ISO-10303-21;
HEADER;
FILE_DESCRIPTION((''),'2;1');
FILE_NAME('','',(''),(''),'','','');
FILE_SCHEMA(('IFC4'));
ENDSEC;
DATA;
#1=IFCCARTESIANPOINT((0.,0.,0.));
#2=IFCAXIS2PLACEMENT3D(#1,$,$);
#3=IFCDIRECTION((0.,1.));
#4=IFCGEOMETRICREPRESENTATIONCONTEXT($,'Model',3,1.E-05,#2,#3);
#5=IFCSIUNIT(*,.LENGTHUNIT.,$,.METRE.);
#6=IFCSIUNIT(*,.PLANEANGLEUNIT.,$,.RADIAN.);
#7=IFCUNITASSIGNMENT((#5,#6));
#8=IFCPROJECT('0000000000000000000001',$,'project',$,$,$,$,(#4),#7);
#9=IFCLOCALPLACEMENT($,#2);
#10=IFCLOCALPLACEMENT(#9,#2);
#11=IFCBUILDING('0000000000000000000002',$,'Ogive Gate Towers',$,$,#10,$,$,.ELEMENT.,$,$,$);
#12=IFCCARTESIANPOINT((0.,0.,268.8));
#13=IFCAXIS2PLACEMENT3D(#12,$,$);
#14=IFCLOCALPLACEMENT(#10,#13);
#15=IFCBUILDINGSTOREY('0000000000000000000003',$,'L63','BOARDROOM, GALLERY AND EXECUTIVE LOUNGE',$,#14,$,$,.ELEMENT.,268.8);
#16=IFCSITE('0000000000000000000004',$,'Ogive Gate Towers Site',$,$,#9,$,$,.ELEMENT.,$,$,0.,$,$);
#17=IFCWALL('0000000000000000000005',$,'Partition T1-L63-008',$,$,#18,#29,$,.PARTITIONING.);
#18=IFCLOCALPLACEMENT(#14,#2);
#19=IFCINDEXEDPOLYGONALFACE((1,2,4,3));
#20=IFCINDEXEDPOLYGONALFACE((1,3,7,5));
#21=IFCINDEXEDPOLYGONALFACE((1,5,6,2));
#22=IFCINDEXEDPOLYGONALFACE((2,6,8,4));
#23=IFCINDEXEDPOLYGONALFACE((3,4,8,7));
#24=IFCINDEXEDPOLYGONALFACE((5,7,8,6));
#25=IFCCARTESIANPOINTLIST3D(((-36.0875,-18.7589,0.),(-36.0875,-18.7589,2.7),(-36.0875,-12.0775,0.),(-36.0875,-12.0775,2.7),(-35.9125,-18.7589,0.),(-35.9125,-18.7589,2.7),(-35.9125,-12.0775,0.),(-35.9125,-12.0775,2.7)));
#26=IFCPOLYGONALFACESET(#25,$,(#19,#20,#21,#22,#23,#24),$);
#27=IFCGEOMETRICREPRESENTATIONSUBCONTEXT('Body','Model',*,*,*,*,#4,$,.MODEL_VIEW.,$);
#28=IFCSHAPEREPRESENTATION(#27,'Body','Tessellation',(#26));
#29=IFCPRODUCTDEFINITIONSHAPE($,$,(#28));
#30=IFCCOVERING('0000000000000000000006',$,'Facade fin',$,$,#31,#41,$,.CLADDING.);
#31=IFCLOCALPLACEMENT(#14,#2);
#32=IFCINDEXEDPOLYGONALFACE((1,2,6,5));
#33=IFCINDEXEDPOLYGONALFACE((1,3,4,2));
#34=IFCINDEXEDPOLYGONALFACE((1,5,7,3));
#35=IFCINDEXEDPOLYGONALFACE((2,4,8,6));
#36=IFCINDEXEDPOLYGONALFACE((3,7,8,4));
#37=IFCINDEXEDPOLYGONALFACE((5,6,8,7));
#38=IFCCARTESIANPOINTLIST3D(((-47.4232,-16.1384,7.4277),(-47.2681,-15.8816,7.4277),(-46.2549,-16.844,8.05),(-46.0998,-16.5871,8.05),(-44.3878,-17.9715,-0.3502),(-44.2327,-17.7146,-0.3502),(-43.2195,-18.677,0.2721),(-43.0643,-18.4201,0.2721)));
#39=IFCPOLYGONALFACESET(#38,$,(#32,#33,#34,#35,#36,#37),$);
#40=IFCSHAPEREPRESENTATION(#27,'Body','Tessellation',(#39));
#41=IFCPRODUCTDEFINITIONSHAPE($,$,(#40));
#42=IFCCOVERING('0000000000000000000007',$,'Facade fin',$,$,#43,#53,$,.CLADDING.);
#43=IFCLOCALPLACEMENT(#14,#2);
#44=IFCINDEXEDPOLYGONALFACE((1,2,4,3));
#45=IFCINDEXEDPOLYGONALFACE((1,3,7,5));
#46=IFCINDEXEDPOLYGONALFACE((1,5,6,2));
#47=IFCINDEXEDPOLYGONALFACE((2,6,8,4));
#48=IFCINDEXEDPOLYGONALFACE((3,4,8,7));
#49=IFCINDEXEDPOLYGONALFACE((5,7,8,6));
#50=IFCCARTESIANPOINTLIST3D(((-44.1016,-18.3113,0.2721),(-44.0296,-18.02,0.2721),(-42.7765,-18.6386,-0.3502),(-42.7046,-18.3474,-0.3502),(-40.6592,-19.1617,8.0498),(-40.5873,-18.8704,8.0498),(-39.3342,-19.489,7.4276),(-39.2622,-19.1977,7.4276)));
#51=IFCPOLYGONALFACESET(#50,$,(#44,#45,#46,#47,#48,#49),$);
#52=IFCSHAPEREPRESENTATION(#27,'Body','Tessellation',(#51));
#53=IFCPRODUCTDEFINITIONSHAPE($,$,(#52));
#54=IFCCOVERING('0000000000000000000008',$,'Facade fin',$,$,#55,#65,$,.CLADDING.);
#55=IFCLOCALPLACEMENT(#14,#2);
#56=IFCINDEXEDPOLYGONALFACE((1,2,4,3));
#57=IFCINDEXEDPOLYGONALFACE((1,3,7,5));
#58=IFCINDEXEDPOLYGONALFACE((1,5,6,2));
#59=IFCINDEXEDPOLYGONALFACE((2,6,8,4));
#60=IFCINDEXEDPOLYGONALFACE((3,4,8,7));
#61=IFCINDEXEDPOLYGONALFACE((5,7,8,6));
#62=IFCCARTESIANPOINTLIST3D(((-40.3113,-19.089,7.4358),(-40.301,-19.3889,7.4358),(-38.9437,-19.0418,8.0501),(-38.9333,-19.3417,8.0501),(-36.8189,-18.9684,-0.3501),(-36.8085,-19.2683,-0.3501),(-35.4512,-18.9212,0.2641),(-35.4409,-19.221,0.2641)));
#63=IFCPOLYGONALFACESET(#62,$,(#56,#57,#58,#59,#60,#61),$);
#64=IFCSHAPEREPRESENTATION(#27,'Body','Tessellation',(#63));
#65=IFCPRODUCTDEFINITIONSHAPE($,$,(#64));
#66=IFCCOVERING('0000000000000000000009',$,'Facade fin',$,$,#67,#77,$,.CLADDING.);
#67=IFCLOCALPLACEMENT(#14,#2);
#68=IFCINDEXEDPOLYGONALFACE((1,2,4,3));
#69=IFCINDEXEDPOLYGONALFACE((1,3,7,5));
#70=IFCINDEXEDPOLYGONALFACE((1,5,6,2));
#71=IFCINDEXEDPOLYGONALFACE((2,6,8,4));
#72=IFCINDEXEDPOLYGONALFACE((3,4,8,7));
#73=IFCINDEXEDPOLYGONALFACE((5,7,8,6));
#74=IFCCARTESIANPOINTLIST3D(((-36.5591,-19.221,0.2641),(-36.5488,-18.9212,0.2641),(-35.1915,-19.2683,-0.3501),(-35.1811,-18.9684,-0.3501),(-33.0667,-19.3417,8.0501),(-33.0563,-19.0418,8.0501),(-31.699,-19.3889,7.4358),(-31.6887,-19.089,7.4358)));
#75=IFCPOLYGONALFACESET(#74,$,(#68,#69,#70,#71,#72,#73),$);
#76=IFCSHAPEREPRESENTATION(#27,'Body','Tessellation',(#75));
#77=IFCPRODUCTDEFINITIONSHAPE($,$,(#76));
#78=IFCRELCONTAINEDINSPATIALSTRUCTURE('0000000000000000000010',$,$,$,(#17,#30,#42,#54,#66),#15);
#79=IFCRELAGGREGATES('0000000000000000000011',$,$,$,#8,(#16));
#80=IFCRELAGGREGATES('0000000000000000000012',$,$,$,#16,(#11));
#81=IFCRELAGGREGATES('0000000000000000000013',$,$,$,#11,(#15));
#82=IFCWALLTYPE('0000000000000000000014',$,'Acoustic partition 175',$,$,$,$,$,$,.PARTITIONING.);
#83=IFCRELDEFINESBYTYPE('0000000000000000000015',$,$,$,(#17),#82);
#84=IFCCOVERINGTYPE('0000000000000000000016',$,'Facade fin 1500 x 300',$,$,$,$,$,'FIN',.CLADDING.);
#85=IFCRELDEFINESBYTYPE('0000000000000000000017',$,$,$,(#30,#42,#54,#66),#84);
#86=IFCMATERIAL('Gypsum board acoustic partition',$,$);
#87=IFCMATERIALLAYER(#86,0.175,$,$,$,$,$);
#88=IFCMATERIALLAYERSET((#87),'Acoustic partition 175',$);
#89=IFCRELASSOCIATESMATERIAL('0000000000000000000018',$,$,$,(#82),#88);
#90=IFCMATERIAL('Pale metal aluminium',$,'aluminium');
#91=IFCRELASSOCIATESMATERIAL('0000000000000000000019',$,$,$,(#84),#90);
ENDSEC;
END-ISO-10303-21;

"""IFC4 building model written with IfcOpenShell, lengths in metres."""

from ifc_helpers import new_model, si_unit, direction, frame, frame_2d, origin, origin_2d, place, context, subcontext, project, spatial, rectangle, extrude, material, layer, layer_set, material_profile, profile_set, type_object, element, save


model = new_model("IFC4")

# Units and contexts
model_context = context("Model", 3, precision=1e-05, world=origin(), true_north=direction((0.0, 1.0)))
body_context = subcontext(model_context, "Body", "Model", "MODEL_VIEW")
ifc_project = project(units=[si_unit("LENGTHUNIT", "METRE"), si_unit("PLANEANGLEUNIT", "RADIAN")], contexts=[model_context])

# Site, building, storey
site_placement = place(None, origin())
site = spatial("IfcSite", under=ifc_project, at=site_placement, Name="Ogive Gate Towers Site", CompositionType="ELEMENT", RefElevation=0.0)
building_placement = place(site_placement, origin())
building = spatial("IfcBuilding", under=site, at=building_placement, Name="Ogive Gate Towers", CompositionType="ELEMENT")
storey_placement = place(building_placement, frame((0.0, 0.0, 268.8)))
storey = spatial("IfcBuildingStorey", under=building, at=storey_placement, Name="L63", Description="BOARDROOM, GALLERY AND EXECUTIVE LOUNGE", CompositionType="ELEMENT", Elevation=268.8)

# Shared definitions
ifc_material_1 = material(Name="Pale metal aluminium", Category="aluminium")

# Wall
ifc_material_2 = material(Name="Gypsum board acoustic partition")
ifc_layer_1 = layer(ifc_material_2, 0.175)
ifc_layer_set_1 = layer_set([ifc_layer_1], Name="Acoustic partition 175")
wall_type = type_object("IfcWallType", Name="Acoustic partition 175", PredefinedType="PARTITIONING", material=ifc_layer_set_1)
wall_placement = place(storey_placement, frame((-36.0, -18.759, 0.0), z_axis=(0.0, 0.0, 1.0), x_axis=(0.0, 1.0, 0.0)))
element("IfcWall", 1, at=wall_placement, inside=storey, type_object=wall_type, Name="Partition T1-L63-008", PredefinedType="PARTITIONING", context=body_context, shape_type="SweptSolid", body=[
    extrude(rectangle(XDim=6.6814, YDim=0.175, at=frame_2d((3.3408, 0.0))), origin(), (0.0, 0.0, 1.0), 2.7),
])

# Coverings
ifc_material_profile_1 = material_profile(ifc_material_1, rectangle(XDim=0.3, YDim=1.5, at=origin_2d()), Name="1500 x 300 pale metal aluminium")
ifc_profile_set_1 = profile_set([ifc_material_profile_1], Name="Pale metal aluminium")
covering_type = type_object("IfcCoveringType", Name="Facade fin 1500 x 300", ElementType="FIN", PredefinedType="CLADDING", material=ifc_profile_set_1)
covering_1_placement = place(storey_placement, frame((-43.7261, -18.1958, -0.0391), z_axis=(-0.355101, 0.214437, 0.909901), x_axis=(-0.516934, -0.856025, 0.0)))
element("IfcCovering", 2, at=covering_1_placement, inside=storey, type_object=covering_type, Name="Facade fin", PredefinedType="CLADDING", context=body_context, shape_type="SweptSolid", body=[
    extrude(rectangle(XDim=0.3, YDim=1.5, at=origin_2d()), origin(), (0.0, 0.0, 1.0), 8.5481),
])
covering_2_placement = place(storey_placement, frame((-43.4031, -18.3293, -0.0391), z_axis=(0.402714, -0.099479, 0.909904), x_axis=(0.239813, 0.970819, 0.0)))
element("IfcCovering", 3, at=covering_2_placement, inside=storey, type_object=covering_type, Name="Facade fin", PredefinedType="CLADDING", context=body_context, shape_type="SweptSolid", body=[
    extrude(rectangle(XDim=0.3, YDim=1.5, at=origin_2d()), origin(), (0.0, 0.0, 1.0), 8.5479),
])
for number, where, z_axis, x_axis, name in (
    (4, (-36.1299, -19.0947, -0.043), (-0.40923, -0.014132, 0.912322), (0.034513, -0.999404, 0.0), "Facade fin"),
    (5, (-35.8701, -19.0947, -0.043), (0.40923, -0.014132, 0.912322), (0.034513, 0.999404, 0.0), "Facade fin"),
):
    element("IfcCovering", number, at=place(storey_placement, frame(where, z_axis=z_axis, x_axis=x_axis)), inside=storey, type_object=covering_type, Name=name, PredefinedType="CLADDING", context=body_context, shape_type="SweptSolid", body=[
        extrude(rectangle(XDim=0.3, YDim=1.5, at=origin_2d()), origin(), (0.0, 0.0, 1.0), 8.5342),
    ])

save(model, "model.ifc")
